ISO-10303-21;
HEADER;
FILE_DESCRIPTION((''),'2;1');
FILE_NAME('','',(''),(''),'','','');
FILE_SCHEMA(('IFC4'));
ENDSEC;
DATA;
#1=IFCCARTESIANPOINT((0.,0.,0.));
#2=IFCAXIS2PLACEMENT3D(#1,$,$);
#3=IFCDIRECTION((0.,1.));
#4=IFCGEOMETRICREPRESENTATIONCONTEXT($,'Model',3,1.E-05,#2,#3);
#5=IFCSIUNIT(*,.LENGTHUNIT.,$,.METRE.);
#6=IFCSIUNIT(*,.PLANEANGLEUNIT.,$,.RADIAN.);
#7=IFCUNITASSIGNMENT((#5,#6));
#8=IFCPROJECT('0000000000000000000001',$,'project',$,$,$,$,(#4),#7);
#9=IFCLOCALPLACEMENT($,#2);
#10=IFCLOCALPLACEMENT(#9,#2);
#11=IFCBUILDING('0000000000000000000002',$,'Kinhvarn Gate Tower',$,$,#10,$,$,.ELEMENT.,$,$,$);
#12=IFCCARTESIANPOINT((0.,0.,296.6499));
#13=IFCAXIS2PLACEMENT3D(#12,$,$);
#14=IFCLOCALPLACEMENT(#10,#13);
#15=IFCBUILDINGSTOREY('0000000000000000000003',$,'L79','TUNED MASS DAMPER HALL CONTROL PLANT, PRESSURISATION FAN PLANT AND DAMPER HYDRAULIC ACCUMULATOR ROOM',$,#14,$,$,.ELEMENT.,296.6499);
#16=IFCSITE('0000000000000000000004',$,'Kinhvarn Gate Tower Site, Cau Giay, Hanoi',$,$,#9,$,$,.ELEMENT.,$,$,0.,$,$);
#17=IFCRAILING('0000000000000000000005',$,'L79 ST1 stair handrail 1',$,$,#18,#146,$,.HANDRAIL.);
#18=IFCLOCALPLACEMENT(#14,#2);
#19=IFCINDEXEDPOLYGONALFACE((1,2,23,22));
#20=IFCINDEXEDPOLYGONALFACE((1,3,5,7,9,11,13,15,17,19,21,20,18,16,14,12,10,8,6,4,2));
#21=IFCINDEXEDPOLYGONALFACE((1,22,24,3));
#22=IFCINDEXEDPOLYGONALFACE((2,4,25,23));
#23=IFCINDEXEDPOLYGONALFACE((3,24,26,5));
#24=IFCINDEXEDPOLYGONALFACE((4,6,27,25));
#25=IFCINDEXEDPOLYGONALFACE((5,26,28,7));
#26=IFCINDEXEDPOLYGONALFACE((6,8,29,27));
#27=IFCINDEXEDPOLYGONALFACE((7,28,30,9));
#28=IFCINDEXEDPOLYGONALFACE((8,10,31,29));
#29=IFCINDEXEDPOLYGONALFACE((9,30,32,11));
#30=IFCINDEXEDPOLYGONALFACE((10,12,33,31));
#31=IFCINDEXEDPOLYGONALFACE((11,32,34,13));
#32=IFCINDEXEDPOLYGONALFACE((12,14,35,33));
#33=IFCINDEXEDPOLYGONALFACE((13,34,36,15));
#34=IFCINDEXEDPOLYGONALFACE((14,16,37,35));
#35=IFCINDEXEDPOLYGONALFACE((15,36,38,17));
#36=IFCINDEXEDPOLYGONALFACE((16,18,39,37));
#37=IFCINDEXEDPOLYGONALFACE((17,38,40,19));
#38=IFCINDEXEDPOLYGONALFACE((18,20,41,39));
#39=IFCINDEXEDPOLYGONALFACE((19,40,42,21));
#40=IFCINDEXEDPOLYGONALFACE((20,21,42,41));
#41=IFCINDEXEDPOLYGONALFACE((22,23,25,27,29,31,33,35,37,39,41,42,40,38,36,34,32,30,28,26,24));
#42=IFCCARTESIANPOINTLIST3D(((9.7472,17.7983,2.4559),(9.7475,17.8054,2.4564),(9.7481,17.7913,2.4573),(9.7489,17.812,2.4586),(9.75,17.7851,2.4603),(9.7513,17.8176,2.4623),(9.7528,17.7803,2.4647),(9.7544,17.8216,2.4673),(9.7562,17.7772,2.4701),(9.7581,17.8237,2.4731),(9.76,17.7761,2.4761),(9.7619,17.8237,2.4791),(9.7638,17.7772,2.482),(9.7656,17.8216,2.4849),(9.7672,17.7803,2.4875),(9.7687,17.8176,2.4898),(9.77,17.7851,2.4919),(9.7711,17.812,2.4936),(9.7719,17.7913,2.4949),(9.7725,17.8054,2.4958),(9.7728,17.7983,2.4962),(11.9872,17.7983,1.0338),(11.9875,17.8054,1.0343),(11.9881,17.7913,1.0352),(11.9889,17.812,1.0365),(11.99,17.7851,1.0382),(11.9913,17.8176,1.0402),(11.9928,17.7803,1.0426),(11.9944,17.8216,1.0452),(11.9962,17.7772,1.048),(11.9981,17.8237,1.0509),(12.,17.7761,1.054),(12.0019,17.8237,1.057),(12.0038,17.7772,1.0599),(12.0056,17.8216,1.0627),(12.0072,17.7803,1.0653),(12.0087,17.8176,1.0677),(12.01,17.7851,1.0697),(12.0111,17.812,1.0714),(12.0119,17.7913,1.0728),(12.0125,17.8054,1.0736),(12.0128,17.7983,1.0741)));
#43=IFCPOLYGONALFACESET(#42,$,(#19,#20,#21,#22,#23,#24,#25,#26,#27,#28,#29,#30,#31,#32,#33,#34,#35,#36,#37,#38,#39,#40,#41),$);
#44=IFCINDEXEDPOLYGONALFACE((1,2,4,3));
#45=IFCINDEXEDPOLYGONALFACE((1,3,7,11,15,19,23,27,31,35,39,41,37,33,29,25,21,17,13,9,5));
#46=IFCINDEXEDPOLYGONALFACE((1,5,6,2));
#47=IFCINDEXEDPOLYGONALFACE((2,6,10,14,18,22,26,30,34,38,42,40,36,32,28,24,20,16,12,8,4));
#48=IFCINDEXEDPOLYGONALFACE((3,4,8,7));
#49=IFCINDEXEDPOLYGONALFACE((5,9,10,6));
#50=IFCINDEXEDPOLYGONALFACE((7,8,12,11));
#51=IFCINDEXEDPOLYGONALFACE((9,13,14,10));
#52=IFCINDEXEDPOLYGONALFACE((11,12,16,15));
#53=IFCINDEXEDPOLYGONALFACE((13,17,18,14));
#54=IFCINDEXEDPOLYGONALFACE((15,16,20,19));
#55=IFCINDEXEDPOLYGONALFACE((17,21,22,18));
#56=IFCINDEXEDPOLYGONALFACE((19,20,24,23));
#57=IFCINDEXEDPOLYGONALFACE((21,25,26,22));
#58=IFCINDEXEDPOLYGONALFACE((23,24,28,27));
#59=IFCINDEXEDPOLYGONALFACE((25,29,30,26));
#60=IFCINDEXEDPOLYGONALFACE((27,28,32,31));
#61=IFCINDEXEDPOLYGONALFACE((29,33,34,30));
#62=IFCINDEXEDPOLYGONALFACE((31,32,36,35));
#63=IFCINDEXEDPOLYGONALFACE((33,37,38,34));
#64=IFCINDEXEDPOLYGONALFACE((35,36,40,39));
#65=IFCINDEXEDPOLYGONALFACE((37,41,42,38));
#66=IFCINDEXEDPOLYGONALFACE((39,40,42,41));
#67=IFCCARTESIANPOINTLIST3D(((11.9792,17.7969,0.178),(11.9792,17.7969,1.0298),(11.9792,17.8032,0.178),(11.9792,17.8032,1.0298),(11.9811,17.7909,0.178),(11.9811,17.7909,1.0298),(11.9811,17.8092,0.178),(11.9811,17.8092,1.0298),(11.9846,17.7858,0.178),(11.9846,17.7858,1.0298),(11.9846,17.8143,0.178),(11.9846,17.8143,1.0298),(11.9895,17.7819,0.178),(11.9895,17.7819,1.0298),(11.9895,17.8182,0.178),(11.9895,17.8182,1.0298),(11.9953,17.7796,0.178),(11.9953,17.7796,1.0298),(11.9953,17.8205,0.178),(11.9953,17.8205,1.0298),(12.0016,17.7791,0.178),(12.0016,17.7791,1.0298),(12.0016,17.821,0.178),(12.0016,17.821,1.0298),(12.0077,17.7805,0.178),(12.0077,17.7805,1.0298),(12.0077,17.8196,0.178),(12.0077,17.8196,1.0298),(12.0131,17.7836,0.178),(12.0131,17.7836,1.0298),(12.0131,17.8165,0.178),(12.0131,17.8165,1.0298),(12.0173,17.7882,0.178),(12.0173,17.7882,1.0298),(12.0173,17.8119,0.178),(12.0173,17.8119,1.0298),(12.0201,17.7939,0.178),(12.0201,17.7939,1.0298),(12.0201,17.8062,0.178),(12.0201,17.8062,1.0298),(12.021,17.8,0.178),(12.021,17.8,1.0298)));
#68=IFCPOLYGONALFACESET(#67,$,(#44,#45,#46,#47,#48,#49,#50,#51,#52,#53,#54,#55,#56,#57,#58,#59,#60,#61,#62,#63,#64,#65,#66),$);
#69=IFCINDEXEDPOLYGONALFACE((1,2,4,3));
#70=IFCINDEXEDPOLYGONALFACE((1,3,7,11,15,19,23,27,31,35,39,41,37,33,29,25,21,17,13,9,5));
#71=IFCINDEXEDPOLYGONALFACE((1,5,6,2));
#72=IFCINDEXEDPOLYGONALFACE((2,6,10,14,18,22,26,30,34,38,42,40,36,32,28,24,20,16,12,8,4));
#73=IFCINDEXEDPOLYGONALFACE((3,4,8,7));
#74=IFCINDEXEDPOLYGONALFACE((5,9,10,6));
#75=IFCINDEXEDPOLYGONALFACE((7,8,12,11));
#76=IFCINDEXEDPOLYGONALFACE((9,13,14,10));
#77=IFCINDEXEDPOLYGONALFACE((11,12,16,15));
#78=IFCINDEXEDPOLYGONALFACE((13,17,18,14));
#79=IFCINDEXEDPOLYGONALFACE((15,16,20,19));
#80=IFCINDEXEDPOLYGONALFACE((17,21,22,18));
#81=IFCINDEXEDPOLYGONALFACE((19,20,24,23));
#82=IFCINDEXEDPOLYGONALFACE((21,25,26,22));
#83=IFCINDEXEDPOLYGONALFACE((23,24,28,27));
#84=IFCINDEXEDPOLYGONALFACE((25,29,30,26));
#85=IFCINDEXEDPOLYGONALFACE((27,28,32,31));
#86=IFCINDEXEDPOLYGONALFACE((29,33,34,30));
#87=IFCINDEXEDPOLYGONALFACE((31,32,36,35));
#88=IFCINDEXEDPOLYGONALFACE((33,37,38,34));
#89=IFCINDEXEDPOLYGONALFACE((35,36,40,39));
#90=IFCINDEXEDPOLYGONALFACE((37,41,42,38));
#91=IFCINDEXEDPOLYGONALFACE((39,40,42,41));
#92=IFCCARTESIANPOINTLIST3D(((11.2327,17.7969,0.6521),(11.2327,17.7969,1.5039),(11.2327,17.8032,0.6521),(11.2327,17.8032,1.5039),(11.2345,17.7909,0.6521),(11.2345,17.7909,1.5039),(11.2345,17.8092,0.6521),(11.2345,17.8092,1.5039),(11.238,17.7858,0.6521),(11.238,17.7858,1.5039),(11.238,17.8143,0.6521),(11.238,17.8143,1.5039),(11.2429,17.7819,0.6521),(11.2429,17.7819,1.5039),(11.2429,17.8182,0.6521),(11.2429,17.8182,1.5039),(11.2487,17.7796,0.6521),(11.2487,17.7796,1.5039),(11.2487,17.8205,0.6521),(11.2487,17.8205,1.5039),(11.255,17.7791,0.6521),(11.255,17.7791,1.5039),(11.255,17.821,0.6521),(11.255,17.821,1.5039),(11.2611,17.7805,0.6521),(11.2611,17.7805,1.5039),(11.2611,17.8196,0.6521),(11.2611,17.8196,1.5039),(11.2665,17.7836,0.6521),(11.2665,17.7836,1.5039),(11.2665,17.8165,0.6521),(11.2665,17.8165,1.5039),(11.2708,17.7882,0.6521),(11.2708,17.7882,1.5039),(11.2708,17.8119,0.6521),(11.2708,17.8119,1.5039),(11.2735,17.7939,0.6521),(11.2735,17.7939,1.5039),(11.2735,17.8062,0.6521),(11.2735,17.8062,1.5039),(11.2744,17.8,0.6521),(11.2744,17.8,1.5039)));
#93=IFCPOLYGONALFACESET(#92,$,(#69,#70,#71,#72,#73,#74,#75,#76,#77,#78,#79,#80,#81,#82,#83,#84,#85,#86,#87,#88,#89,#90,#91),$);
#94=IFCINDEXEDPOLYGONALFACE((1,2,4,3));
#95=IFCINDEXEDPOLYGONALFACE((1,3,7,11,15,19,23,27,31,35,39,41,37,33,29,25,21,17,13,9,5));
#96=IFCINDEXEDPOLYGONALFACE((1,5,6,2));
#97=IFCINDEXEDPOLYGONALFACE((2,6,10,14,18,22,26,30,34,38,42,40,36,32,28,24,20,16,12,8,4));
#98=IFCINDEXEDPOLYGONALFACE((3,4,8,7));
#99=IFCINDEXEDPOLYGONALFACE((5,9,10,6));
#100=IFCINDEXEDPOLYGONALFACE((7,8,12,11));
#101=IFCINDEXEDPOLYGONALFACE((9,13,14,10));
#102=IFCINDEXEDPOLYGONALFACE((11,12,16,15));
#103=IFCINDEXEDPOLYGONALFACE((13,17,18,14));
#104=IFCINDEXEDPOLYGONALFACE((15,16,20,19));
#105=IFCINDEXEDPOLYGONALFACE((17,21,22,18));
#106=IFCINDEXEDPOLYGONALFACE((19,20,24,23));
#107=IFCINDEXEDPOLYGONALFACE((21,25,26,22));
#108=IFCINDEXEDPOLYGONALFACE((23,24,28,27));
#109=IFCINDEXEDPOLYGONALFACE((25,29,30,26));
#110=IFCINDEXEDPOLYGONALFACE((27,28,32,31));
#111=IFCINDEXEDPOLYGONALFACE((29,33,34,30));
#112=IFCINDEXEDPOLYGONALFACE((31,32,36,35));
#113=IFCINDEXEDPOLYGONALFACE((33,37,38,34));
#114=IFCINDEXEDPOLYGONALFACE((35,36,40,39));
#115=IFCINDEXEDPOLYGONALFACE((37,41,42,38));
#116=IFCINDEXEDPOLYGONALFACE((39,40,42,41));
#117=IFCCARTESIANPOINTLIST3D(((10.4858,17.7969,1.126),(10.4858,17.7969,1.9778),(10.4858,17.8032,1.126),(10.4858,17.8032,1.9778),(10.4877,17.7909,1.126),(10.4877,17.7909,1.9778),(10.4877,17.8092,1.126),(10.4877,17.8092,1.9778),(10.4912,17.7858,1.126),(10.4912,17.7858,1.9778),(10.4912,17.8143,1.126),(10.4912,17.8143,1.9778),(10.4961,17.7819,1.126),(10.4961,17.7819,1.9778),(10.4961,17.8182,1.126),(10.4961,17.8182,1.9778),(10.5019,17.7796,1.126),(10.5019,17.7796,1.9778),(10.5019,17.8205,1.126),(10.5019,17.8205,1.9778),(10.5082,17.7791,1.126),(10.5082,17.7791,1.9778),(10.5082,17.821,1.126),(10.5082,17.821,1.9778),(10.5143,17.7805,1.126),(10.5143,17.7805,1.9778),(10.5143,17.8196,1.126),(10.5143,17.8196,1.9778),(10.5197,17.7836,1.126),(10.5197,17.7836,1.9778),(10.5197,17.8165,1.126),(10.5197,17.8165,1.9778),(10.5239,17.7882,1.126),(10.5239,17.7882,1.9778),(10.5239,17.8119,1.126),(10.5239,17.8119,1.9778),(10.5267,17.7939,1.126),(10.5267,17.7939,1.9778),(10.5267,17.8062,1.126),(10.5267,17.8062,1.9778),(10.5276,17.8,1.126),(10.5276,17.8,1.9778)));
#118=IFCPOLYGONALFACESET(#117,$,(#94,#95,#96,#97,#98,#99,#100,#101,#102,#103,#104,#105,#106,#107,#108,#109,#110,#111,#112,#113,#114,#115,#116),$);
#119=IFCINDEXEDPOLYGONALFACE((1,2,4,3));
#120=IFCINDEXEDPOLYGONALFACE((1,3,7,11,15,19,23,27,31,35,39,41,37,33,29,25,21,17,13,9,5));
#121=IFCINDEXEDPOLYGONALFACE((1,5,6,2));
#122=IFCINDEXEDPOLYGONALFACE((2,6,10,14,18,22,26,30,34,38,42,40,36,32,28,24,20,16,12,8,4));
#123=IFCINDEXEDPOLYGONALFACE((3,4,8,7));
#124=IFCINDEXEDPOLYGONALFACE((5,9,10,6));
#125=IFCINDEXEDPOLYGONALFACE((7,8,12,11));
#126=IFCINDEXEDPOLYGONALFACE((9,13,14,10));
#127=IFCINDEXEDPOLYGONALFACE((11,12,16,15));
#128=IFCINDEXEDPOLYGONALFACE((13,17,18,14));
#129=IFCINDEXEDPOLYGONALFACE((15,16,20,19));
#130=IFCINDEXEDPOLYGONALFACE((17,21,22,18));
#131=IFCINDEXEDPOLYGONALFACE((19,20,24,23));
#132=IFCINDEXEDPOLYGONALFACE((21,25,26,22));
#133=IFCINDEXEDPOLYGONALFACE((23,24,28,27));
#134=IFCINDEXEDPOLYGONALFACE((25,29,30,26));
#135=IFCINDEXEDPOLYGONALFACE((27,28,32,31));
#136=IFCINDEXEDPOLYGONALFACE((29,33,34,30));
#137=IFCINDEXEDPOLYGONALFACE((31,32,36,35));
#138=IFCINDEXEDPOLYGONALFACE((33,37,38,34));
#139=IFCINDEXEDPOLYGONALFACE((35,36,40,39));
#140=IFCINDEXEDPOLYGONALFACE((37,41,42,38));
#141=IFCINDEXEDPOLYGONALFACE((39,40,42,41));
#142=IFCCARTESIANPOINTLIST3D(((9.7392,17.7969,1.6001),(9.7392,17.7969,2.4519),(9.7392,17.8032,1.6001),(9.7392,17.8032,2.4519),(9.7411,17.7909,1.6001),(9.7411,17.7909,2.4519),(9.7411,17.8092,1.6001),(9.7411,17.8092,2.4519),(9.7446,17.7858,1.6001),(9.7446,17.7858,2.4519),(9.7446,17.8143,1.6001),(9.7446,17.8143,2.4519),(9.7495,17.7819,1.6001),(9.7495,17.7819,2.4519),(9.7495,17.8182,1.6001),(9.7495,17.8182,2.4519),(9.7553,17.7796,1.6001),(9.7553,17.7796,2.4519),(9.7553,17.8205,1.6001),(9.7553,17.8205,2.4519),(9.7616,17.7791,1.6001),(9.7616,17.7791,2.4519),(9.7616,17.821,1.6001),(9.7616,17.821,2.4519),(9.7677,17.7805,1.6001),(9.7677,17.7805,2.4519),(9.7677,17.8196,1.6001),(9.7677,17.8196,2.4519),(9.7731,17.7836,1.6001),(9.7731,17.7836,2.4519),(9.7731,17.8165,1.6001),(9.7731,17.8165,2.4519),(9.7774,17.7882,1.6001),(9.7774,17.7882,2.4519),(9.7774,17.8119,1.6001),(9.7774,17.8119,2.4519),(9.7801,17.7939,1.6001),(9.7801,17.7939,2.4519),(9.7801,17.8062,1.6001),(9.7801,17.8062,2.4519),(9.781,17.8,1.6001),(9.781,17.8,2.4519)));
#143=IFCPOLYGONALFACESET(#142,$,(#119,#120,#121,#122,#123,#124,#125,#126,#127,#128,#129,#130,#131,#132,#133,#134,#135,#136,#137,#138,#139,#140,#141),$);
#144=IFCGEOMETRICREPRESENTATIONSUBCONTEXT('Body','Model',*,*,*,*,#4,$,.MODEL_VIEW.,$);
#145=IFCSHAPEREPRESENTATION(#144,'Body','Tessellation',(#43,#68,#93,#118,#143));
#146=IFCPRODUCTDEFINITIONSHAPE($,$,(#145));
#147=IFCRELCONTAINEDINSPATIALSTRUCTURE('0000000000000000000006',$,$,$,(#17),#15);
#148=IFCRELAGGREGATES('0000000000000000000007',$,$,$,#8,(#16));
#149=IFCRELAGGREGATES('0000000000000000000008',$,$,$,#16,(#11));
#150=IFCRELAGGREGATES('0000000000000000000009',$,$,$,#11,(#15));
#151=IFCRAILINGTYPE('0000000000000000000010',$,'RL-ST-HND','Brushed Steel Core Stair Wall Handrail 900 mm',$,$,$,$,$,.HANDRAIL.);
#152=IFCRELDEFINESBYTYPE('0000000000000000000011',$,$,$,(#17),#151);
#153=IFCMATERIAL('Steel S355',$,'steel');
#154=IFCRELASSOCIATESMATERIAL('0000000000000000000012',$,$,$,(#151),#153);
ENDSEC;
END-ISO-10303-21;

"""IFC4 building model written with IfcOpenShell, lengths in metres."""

from ifc_helpers import new_model, si_unit, direction, frame, origin, origin_2d, place, context, subcontext, project, spatial, circle, extrude, material, type_object, element, save


model = new_model("IFC4")

# Units and contexts
model_context = context("Model", 3, precision=1e-05, world=origin(), true_north=direction((0.0, 1.0)))
body_context = subcontext(model_context, "Body", "Model", "MODEL_VIEW")
ifc_project = project(units=[si_unit("LENGTHUNIT", "METRE"), si_unit("PLANEANGLEUNIT", "RADIAN")], contexts=[model_context])

# Site, building, storey
site_placement = place(None, origin())
site = spatial("IfcSite", under=ifc_project, at=site_placement, Name="Kinhvarn Gate Tower Site, Cau Giay, Hanoi", CompositionType="ELEMENT", RefElevation=0.0)
building_placement = place(site_placement, origin())
building = spatial("IfcBuilding", under=site, at=building_placement, Name="Kinhvarn Gate Tower", CompositionType="ELEMENT")
storey_placement = place(building_placement, frame((0.0, 0.0, 296.6499)))
storey = spatial("IfcBuildingStorey", under=building, at=storey_placement, Name="L79", Description="TUNED MASS DAMPER HALL CONTROL PLANT, PRESSURISATION FAN PLANT AND DAMPER HYDRAULIC ACCUMULATOR ROOM", CompositionType="ELEMENT", Elevation=296.6499)

# Shared definitions
ifc_material_1 = material(Name="Steel S355", Category="steel")

# Railing
railing_type_1 = type_object("IfcRailingType", Name="RL-ST-HND", Description="Brushed Steel Core Stair Wall Handrail 900 mm", PredefinedType="HANDRAIL", material=ifc_material_1)
for number, where, name in (
    (1, (12.0, 17.8, 0.178), "L79 ST1 stair handrail 1"),
):
    element("IfcRailing", number, at=place(storey_placement, frame(where)), inside=storey, type_object=railing_type_1, Name=name, PredefinedType="HANDRAIL", context=body_context, shape_type="SweptSolid", body=[
        extrude(circle(Radius=0.0239, at=origin_2d()), frame((0.0, 0.0, 0.876), z_axis=(-0.844229, 0.0, 0.535982), x_axis=(0.0, -1.0, 0.0)), (0.0, 0.0, 1.0), 2.6533),
        extrude(circle(Radius=0.021, at=origin_2d()), origin(), (0.0, 0.0, 1.0), 0.8518),
        extrude(circle(Radius=0.021, at=origin_2d()), frame((-0.7466, 0.0, 0.4741)), (0.0, 0.0, 1.0), 0.8518),
        extrude(circle(Radius=0.021, at=origin_2d()), frame((-1.4934, 0.0, 0.948)), (0.0, 0.0, 1.0), 0.8518),
        extrude(circle(Radius=0.021, at=origin_2d()), frame((-2.24, 0.0, 1.4221)), (0.0, 0.0, 1.0), 0.8518),
    ])

save(model, "model.ifc")
